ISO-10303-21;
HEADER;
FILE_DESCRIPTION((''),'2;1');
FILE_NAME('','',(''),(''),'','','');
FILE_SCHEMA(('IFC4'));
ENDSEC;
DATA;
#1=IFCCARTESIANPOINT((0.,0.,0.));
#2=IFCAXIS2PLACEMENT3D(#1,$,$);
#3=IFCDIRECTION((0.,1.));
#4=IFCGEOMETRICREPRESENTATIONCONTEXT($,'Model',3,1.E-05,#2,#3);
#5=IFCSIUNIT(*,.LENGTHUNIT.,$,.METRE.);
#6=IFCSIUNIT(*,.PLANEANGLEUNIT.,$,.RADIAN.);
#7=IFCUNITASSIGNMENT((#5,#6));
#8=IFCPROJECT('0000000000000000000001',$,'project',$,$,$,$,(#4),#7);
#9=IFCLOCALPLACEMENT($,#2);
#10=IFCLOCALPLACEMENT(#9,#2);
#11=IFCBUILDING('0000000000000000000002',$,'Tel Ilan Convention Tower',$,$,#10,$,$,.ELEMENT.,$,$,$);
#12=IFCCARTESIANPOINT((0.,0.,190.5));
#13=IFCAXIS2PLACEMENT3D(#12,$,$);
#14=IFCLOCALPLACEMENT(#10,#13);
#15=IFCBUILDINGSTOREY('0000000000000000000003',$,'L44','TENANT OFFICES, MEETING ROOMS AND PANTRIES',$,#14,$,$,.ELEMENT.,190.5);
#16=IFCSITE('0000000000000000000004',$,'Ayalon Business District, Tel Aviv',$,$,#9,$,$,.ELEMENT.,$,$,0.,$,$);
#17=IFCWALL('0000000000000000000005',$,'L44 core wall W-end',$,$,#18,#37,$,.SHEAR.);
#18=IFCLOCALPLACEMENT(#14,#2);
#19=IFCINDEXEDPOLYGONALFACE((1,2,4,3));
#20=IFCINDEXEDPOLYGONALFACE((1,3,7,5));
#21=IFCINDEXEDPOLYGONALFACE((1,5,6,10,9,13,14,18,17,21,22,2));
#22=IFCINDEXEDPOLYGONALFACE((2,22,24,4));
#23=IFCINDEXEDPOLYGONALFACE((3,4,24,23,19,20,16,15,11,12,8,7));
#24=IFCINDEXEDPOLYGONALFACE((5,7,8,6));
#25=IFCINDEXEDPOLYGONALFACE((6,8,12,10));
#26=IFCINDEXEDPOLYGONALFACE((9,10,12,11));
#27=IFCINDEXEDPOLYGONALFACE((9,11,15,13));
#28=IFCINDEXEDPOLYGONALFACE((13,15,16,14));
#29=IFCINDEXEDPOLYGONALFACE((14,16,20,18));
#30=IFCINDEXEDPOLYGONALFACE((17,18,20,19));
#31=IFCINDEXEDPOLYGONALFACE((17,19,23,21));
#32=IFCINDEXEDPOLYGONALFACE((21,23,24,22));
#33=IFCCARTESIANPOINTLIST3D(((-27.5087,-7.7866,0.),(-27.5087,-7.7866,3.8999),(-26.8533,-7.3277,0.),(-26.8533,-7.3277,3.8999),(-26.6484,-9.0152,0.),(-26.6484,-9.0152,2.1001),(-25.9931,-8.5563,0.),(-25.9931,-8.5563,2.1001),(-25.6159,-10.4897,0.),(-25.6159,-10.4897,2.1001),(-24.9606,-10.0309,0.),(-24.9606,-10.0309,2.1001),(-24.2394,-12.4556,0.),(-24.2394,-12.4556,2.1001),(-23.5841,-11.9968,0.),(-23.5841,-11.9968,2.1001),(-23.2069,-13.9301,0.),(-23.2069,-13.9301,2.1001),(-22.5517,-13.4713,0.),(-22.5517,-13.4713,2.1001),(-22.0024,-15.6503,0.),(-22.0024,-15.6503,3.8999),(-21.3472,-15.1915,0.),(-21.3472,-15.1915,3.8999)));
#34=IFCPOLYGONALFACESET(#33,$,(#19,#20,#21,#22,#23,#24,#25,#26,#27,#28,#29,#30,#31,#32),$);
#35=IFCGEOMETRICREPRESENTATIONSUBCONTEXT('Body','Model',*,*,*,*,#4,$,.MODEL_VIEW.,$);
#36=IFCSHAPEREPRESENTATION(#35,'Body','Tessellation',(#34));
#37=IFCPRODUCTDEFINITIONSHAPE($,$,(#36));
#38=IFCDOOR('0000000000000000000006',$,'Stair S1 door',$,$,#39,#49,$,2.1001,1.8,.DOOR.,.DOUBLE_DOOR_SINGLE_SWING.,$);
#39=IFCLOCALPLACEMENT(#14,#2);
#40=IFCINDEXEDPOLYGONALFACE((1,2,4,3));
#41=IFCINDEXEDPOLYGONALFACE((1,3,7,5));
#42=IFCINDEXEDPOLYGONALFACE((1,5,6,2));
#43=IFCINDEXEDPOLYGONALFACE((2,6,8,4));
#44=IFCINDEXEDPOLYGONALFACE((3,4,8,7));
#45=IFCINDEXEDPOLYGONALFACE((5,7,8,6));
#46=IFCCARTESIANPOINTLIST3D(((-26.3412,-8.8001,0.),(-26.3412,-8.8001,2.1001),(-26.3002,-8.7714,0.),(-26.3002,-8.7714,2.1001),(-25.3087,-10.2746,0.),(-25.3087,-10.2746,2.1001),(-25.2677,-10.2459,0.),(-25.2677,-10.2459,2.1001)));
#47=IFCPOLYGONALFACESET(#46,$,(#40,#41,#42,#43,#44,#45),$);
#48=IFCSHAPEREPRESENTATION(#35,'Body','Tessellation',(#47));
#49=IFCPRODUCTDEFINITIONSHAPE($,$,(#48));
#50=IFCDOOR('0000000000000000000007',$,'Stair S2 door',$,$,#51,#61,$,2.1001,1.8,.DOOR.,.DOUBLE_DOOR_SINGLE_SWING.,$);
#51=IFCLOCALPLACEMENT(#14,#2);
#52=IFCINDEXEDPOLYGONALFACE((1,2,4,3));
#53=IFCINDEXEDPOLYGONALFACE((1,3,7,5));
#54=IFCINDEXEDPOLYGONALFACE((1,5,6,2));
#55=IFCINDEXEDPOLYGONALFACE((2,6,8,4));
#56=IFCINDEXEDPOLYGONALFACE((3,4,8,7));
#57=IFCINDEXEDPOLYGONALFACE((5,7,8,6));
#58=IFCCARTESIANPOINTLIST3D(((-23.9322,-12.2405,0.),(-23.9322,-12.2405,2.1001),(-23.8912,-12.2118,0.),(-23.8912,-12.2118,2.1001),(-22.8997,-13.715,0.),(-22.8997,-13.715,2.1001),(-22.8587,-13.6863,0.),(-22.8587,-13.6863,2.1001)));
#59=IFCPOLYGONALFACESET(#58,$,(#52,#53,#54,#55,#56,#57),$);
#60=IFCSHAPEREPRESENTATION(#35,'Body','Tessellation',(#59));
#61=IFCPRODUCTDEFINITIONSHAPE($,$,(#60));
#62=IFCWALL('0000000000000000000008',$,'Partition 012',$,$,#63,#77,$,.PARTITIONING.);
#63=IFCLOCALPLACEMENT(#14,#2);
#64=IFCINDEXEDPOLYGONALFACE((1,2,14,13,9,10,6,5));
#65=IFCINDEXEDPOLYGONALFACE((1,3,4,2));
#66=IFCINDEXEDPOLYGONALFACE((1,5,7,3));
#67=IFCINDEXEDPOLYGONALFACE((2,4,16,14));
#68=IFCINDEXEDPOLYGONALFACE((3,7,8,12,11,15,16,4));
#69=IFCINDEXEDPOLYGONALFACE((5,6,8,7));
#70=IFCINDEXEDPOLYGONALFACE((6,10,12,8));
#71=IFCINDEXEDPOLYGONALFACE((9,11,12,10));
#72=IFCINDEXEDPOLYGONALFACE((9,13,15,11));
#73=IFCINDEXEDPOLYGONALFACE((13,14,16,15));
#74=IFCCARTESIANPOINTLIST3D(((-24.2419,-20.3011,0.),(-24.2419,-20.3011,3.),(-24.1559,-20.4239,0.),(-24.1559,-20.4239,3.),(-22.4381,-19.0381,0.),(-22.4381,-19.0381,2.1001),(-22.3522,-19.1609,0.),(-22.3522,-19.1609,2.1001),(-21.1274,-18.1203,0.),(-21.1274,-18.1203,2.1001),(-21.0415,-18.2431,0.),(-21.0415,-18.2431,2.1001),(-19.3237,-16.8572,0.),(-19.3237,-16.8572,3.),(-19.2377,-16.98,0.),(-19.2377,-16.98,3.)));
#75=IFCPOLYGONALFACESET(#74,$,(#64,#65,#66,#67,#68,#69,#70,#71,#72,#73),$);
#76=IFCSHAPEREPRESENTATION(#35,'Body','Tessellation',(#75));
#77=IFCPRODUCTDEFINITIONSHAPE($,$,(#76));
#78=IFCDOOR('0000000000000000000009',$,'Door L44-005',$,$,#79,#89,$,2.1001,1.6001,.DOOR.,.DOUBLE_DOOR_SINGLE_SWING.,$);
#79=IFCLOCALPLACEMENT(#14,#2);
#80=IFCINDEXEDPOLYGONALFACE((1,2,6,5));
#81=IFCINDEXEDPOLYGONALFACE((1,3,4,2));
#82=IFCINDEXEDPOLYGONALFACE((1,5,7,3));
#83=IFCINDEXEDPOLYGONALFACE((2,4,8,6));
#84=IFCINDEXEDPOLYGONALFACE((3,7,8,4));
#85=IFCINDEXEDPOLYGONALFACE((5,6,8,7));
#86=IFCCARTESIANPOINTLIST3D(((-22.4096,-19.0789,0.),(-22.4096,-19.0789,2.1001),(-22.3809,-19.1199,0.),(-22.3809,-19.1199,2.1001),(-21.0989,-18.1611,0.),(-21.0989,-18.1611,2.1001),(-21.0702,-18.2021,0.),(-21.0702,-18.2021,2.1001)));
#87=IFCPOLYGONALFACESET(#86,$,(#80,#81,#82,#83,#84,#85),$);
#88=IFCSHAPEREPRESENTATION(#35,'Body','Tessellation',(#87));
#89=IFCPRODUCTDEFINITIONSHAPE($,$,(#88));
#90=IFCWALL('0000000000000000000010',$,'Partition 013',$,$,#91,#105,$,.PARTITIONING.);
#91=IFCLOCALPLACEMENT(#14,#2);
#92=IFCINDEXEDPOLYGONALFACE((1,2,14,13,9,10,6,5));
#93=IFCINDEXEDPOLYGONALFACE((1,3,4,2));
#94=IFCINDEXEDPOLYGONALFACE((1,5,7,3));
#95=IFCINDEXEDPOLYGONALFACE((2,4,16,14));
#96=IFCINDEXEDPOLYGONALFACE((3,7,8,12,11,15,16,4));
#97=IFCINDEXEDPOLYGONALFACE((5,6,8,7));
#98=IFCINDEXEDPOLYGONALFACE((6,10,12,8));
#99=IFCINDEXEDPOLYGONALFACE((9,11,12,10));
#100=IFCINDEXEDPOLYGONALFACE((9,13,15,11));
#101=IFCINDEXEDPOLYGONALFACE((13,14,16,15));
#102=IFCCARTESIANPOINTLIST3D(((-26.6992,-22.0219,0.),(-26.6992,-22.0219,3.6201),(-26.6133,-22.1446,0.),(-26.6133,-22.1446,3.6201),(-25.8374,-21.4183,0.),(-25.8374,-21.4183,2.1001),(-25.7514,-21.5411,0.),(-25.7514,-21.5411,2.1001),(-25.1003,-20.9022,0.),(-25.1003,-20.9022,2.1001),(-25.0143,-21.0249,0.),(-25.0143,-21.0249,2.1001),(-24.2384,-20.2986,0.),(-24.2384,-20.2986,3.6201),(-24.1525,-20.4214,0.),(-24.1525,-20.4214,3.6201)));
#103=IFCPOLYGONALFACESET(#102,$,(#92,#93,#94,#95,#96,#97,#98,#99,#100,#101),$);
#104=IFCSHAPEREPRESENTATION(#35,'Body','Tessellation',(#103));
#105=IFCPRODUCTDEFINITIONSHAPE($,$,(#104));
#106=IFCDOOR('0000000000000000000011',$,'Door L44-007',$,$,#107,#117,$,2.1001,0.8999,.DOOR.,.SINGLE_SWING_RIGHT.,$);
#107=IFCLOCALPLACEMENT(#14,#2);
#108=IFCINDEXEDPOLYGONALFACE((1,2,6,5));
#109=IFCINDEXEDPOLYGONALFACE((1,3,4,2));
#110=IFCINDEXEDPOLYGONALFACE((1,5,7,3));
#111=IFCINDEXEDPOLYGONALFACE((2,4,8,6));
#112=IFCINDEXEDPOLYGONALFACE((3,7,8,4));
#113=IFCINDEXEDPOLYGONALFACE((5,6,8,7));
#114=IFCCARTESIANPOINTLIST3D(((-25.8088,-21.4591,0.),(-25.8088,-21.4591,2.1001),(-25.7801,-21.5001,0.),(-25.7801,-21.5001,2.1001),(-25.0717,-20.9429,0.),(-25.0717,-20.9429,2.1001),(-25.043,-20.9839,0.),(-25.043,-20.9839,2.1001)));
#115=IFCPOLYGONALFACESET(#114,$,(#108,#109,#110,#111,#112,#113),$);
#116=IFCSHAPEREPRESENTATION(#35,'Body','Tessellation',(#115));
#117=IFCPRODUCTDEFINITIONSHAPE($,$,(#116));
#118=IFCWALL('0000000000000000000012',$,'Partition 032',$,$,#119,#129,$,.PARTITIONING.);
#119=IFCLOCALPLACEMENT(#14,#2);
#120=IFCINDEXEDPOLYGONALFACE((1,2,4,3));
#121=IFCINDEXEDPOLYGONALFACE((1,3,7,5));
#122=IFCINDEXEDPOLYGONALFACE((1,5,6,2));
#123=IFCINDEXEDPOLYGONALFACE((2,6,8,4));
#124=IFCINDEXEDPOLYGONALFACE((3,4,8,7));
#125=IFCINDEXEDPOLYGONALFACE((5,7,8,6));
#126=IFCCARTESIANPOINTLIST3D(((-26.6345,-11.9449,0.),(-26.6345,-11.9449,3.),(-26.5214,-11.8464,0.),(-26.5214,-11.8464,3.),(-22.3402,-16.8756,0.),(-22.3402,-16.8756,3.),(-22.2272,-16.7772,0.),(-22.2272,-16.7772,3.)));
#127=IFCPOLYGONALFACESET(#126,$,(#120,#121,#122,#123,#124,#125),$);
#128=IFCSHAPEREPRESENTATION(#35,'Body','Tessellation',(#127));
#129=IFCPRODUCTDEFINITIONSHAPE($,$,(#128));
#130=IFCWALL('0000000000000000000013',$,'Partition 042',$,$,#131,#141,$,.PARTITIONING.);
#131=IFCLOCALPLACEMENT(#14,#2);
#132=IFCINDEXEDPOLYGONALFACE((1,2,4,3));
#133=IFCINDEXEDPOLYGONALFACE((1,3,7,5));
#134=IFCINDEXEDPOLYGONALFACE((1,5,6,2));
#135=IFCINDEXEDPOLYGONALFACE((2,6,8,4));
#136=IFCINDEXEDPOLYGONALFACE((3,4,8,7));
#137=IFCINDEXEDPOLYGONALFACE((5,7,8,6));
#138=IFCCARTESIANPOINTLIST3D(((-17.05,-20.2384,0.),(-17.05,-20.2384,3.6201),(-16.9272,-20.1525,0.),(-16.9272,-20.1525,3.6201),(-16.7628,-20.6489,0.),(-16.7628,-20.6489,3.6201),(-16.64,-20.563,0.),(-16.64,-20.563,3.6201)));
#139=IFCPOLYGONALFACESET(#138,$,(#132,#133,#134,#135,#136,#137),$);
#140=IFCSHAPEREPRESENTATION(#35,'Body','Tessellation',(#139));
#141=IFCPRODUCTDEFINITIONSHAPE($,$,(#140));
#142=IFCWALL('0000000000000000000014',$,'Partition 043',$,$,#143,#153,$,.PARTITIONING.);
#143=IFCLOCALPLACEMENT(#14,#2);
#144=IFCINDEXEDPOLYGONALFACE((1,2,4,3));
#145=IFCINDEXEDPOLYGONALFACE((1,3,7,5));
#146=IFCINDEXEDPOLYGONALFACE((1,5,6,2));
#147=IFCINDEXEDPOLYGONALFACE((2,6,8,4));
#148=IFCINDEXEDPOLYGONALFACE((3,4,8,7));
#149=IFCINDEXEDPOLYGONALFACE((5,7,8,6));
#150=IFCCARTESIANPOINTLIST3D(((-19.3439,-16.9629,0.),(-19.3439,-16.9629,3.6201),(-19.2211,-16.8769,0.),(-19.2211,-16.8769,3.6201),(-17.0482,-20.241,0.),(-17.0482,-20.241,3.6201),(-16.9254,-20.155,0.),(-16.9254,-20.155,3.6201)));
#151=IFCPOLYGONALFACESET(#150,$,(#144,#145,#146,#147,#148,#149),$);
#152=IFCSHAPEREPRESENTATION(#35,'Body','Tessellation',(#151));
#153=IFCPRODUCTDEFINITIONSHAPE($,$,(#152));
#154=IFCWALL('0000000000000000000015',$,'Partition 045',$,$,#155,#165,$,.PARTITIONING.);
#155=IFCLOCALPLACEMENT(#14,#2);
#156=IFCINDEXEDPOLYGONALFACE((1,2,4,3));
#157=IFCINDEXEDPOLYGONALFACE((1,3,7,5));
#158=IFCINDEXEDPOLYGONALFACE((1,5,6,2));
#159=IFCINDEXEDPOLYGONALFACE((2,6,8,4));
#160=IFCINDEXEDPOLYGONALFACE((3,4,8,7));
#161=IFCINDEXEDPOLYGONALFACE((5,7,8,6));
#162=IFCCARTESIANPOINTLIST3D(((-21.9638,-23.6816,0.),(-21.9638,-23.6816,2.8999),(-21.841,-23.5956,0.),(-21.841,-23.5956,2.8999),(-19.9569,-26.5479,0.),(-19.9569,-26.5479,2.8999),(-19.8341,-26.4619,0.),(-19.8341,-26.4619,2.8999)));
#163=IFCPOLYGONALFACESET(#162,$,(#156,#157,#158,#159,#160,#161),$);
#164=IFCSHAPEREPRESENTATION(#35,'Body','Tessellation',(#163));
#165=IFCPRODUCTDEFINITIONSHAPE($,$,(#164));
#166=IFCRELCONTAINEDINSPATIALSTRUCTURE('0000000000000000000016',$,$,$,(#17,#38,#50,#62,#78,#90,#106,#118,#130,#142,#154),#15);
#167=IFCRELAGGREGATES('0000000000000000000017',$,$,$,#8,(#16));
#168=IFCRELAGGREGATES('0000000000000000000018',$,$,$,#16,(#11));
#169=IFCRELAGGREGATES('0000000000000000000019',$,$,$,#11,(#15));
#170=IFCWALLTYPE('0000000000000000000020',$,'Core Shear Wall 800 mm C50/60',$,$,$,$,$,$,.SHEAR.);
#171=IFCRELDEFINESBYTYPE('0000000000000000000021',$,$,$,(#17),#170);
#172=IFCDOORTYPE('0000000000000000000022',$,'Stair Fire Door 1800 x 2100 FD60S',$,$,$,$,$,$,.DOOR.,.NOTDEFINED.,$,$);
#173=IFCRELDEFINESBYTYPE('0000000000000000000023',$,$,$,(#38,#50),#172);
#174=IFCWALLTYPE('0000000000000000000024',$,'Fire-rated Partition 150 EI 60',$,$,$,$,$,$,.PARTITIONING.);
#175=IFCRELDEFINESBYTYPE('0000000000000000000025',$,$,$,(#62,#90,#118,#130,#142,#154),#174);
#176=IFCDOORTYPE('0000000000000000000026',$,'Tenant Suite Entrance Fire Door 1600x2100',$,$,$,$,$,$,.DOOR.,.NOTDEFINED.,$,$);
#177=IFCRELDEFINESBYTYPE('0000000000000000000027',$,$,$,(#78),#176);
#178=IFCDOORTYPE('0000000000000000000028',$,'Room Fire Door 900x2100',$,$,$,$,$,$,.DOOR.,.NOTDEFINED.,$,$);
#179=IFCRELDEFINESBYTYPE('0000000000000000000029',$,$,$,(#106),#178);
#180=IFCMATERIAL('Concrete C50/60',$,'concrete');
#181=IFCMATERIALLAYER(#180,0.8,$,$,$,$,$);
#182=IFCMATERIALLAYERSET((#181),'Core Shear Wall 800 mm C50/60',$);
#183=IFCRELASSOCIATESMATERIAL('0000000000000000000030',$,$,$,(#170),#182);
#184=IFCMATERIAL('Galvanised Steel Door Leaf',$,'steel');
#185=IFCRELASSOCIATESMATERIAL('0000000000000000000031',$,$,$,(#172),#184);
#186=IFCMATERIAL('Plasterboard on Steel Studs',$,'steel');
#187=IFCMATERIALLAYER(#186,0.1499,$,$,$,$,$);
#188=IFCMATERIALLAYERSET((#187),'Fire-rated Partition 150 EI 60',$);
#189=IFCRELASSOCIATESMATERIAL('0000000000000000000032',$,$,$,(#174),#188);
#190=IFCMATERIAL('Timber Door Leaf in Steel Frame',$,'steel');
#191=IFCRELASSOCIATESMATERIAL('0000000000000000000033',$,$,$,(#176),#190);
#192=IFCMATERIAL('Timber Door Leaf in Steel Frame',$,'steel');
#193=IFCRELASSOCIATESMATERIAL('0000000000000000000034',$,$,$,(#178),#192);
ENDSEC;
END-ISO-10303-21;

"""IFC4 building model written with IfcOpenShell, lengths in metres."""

from ifc_helpers import new_model, si_unit, direction, frame, frame_2d, origin, place, context, subcontext, project, spatial, polyline, rectangle, outline, extrude, material, layer, layer_set, type_object, element, fill, save


model = new_model("IFC4")

# Units and contexts
model_context = context("Model", 3, precision=1e-05, world=origin(), true_north=direction((0.0, 1.0)))
body_context = subcontext(model_context, "Body", "Model", "MODEL_VIEW")
ifc_project = project(units=[si_unit("LENGTHUNIT", "METRE"), si_unit("PLANEANGLEUNIT", "RADIAN")], contexts=[model_context])

# Site, building, storey
site_placement = place(None, origin())
site = spatial("IfcSite", under=ifc_project, at=site_placement, Name="Ayalon Business District, Tel Aviv", CompositionType="ELEMENT", RefElevation=0.0)
building_placement = place(site_placement, origin())
building = spatial("IfcBuilding", under=site, at=building_placement, Name="Tel Ilan Convention Tower", CompositionType="ELEMENT")
storey_placement = place(building_placement, frame((0.0, 0.0, 190.5)))
storey = spatial("IfcBuildingStorey", under=building, at=storey_placement, Name="L44", Description="TENANT OFFICES, MEETING ROOMS AND PANTRIES", CompositionType="ELEMENT", Elevation=190.5)

# Wall, openings, doors
ifc_material_1 = material(Name="Concrete C50/60", Category="concrete")
ifc_layer_1 = layer(ifc_material_1, 0.8)
ifc_layer_set_1 = layer_set([ifc_layer_1], Name="Core Shear Wall 800 mm C50/60")
wall_type_1 = type_object("IfcWallType", Name="Core Shear Wall 800 mm C50/60", PredefinedType="SHEAR", material=ifc_layer_set_1)
wall_1_placement = place(storey_placement, frame((-21.6748, -15.4209, 0.0), z_axis=(0.0, 0.0, 1.0), x_axis=(-0.573582, 0.819148, 0.0)))
wall_1 = element("IfcWall", 1, at=wall_1_placement, inside=storey, type_object=wall_type_1, Name="L44 core wall W-end", PredefinedType="SHEAR", context=body_context, shape_type="SweptSolid", body=[
    extrude(outline(polyline([(0.0, 0.3999), (0.0, -0.3999), (9.5999, -0.4001), (9.5999, 0.3999), (0.0, 0.3999)])), origin(), (0.0, 0.0, 1.0), 3.8999),
])
opening_1_placement = place(wall_1_placement, frame((6.3, 0.0, 0.0)))
opening_1 = element("IfcOpeningElement", 2, at=opening_1_placement, cuts=wall_1, PredefinedType="OPENING", context=body_context, shape_type="SweptSolid", body=[
    extrude(rectangle(XDim=1.8, YDim=2.1001, at=frame_2d((0.8999, 1.05))), frame((0.0, 0.4099, 0.0), z_axis=(0.0, -1.0, 0.0), x_axis=(1.0, 0.0, 0.0)), (0.0, 0.0, 1.0), 0.8201),
])
opening_2_placement = place(wall_1_placement, frame((2.1001, 0.0, 0.0)))
opening_2 = element("IfcOpeningElement", 3, at=opening_2_placement, cuts=wall_1, PredefinedType="OPENING", context=body_context, shape_type="SweptSolid", body=[
    extrude(rectangle(XDim=1.8, YDim=2.1001, at=frame_2d((0.8999, 1.05))), frame((0.0, 0.4099, 0.0), z_axis=(0.0, -1.0, 0.0), x_axis=(1.0, 0.0, 0.0)), (0.0, 0.0, 1.0), 0.8201),
])
ifc_material_2 = material(Name="Galvanised Steel Door Leaf", Category="steel")
door_type_1 = type_object("IfcDoorType", Name="Stair Fire Door 1800 x 2100 FD60S", OperationType="NOTDEFINED", PredefinedType="DOOR", material=ifc_material_2)
door_1_placement = place(opening_1_placement, origin())
door_1 = element("IfcDoor", 4, at=door_1_placement, inside=storey, type_object=door_type_1, Name="Stair S1 door", OperationType="DOUBLE_DOOR_SINGLE_SWING", OverallHeight=2.1001, OverallWidth=1.8, PredefinedType="DOOR", context=body_context, shape_type="SweptSolid", body=[
    extrude(rectangle(XDim=1.8, YDim=2.1001, at=frame_2d((0.8999, 1.05))), frame((0.0, 0.0249, 0.0), z_axis=(0.0, -1.0, 0.0), x_axis=(1.0, 0.0, 0.0)), (0.0, 0.0, 1.0), 0.05),
])
fill(opening_1, door_1)
door_2_placement = place(opening_2_placement, origin())
door_2 = element("IfcDoor", 5, at=door_2_placement, inside=storey, type_object=door_type_1, Name="Stair S2 door", OperationType="DOUBLE_DOOR_SINGLE_SWING", OverallHeight=2.1001, OverallWidth=1.8, PredefinedType="DOOR", context=body_context, shape_type="SweptSolid", body=[
    extrude(rectangle(XDim=1.8, YDim=2.1001, at=frame_2d((0.8999, 1.05))), frame((0.0, 0.0249, 0.0), z_axis=(0.0, -1.0, 0.0), x_axis=(1.0, 0.0, 0.0)), (0.0, 0.0, 1.0), 0.05),
])
fill(opening_2, door_2)

# Walls, openings, doors
ifc_material_3 = material(Name="Plasterboard on Steel Studs", Category="steel")
ifc_layer_2 = layer(ifc_material_3, 0.1499)
ifc_layer_set_2 = layer_set([ifc_layer_2], Name="Fire-rated Partition 150 EI 60")
wall_type_2 = type_object("IfcWallType", Name="Fire-rated Partition 150 EI 60", PredefinedType="PARTITIONING", material=ifc_layer_set_2)
wall_2_placement = place(storey_placement, frame((-19.2808, -16.9187, 0.0), z_axis=(0.0, 0.0, 1.0), x_axis=(-0.819146, -0.573585, 0.0)))
wall_2 = element("IfcWall", 6, at=wall_2_placement, inside=storey, type_object=wall_type_2, Name="Partition 012", PredefinedType="PARTITIONING", context=body_context, shape_type="SweptSolid", body=[
    extrude(rectangle(XDim=6.0042, YDim=0.1499, at=frame_2d((3.002, 0.0))), origin(), (0.0, 0.0, 1.0), 3.0),
])
opening_3_placement = place(wall_2_placement, frame((2.2019, 0.0, 0.0)))
opening_3 = element("IfcOpeningElement", 7, at=opening_3_placement, cuts=wall_2, PredefinedType="OPENING", context=body_context, shape_type="SweptSolid", body=[
    extrude(rectangle(XDim=1.6001, YDim=2.1001, at=frame_2d((0.8, 1.05))), frame((0.0, 0.085, 0.0), z_axis=(0.0, -1.0, 0.0), x_axis=(1.0, 0.0, 0.0)), (0.0, 0.0, 1.0), 0.1699),
])
ifc_material_4 = material(Name="Timber Door Leaf in Steel Frame", Category="steel")
door_type_2 = type_object("IfcDoorType", Name="Tenant Suite Entrance Fire Door 1600x2100", OperationType="NOTDEFINED", PredefinedType="DOOR", material=ifc_material_4)
door_3_placement = place(opening_3_placement, origin())
door_3 = element("IfcDoor", 8, at=door_3_placement, inside=storey, type_object=door_type_2, Name="Door L44-005", OperationType="DOUBLE_DOOR_SINGLE_SWING", OverallHeight=2.1001, OverallWidth=1.6001, PredefinedType="DOOR", context=body_context, shape_type="SweptSolid", body=[
    extrude(rectangle(XDim=1.6001, YDim=2.1001, at=frame_2d((0.8, 1.05))), frame((0.0, 0.0249, 0.0), z_axis=(0.0, -1.0, 0.0), x_axis=(1.0, 0.0, 0.0)), (0.0, 0.0, 1.0), 0.05),
])
fill(opening_3, door_3)
wall_3_placement = place(storey_placement, frame((-24.1956, -20.3601, 0.0), z_axis=(0.0, 0.0, 1.0), x_axis=(-0.819129, -0.57361, 0.0)))
wall_3 = element("IfcWall", 9, at=wall_3_placement, inside=storey, type_object=wall_type_2, Name="Partition 013", PredefinedType="PARTITIONING", context=body_context, shape_type="SweptSolid", body=[
    extrude(rectangle(XDim=3.0042, YDim=0.1499, at=frame_2d((1.502, 0.0))), origin(), (0.0, 0.0, 1.0), 3.6201),
])
opening_4_placement = place(wall_3_placement, frame((1.052, 0.0, 0.0)))
opening_4 = element("IfcOpeningElement", 10, at=opening_4_placement, cuts=wall_3, PredefinedType="OPENING", context=body_context, shape_type="SweptSolid", body=[
    extrude(rectangle(XDim=0.8999, YDim=2.1001, at=frame_2d((0.45, 1.05))), frame((0.0, 0.085, 0.0), z_axis=(0.0, -1.0, 0.0), x_axis=(1.0, 0.0, 0.0)), (0.0, 0.0, 1.0), 0.1699),
])
ifc_material_5 = material(Name="Timber Door Leaf in Steel Frame", Category="steel")
door_type_3 = type_object("IfcDoorType", Name="Room Fire Door 900x2100", OperationType="NOTDEFINED", PredefinedType="DOOR", material=ifc_material_5)
door_4_placement = place(opening_4_placement, origin())
door_4 = element("IfcDoor", 11, at=door_4_placement, inside=storey, type_object=door_type_3, Name="Door L44-007", OperationType="SINGLE_SWING_RIGHT", OverallHeight=2.1001, OverallWidth=0.8999, PredefinedType="DOOR", context=body_context, shape_type="SweptSolid", body=[
    extrude(rectangle(XDim=0.8999, YDim=2.1001, at=frame_2d((0.45, 1.05))), frame((0.0, 0.0249, 0.0), z_axis=(0.0, -1.0, 0.0), x_axis=(1.0, 0.0, 0.0)), (0.0, 0.0, 1.0), 0.05),
])
fill(opening_4, door_4)

# Walls
wall_4_placement = place(storey_placement, frame((-22.2837, -16.8264, 0.0), z_axis=(0.0, 0.0, 1.0), x_axis=(-0.656758, 0.754101, 0.0)))
element("IfcWall", 12, at=wall_4_placement, inside=storey, type_object=wall_type_2, Name="Partition 032", PredefinedType="PARTITIONING", context=body_context, shape_type="SweptSolid", body=[
    extrude(rectangle(XDim=6.5386, YDim=0.1499, at=frame_2d((3.2693, 0.0))), origin(), (0.0, 0.0, 1.0), 3.0),
])
wall_5_placement = place(storey_placement, frame((-16.7014, -20.606, 0.0), z_axis=(0.0, 0.0, 1.0), x_axis=(-0.573233, 0.819392, 0.0)))
element("IfcWall", 13, at=wall_5_placement, inside=storey, type_object=wall_type_2, Name="Partition 042", PredefinedType="PARTITIONING", context=body_context, shape_type="SweptSolid", body=[
    extrude(rectangle(XDim=0.501, YDim=0.1499, at=frame_2d((0.2505, 0.0))), origin(), (0.0, 0.0, 1.0), 3.6201),
])
wall_6_placement = place(storey_placement, frame((-16.9868, -20.198, 0.0), z_axis=(0.0, 0.0, 1.0), x_axis=(-0.57363, 0.819114, 0.0)))
element("IfcWall", 14, at=wall_6_placement, inside=storey, type_object=wall_type_2, Name="Partition 043", PredefinedType="PARTITIONING", context=body_context, shape_type="SweptSolid", body=[
    extrude(rectangle(XDim=4.002, YDim=0.1499, at=frame_2d((2.001, 0.0))), origin(), (0.0, 0.0, 1.0), 3.6201),
])
wall_7_placement = place(storey_placement, frame((-19.8955, -26.5049, 0.0), z_axis=(0.0, 0.0, 1.0), x_axis=(-0.573556, 0.819166, 0.0)))
element("IfcWall", 15, at=wall_7_placement, inside=storey, type_object=wall_type_2, Name="Partition 045", PredefinedType="PARTITIONING", context=body_context, shape_type="SweptSolid", body=[
    extrude(rectangle(XDim=3.499, YDim=0.1499, at=frame_2d((1.7495, 0.0))), origin(), (0.0, 0.0, 1.0), 2.8999),
])

save(model, "model.ifc")
